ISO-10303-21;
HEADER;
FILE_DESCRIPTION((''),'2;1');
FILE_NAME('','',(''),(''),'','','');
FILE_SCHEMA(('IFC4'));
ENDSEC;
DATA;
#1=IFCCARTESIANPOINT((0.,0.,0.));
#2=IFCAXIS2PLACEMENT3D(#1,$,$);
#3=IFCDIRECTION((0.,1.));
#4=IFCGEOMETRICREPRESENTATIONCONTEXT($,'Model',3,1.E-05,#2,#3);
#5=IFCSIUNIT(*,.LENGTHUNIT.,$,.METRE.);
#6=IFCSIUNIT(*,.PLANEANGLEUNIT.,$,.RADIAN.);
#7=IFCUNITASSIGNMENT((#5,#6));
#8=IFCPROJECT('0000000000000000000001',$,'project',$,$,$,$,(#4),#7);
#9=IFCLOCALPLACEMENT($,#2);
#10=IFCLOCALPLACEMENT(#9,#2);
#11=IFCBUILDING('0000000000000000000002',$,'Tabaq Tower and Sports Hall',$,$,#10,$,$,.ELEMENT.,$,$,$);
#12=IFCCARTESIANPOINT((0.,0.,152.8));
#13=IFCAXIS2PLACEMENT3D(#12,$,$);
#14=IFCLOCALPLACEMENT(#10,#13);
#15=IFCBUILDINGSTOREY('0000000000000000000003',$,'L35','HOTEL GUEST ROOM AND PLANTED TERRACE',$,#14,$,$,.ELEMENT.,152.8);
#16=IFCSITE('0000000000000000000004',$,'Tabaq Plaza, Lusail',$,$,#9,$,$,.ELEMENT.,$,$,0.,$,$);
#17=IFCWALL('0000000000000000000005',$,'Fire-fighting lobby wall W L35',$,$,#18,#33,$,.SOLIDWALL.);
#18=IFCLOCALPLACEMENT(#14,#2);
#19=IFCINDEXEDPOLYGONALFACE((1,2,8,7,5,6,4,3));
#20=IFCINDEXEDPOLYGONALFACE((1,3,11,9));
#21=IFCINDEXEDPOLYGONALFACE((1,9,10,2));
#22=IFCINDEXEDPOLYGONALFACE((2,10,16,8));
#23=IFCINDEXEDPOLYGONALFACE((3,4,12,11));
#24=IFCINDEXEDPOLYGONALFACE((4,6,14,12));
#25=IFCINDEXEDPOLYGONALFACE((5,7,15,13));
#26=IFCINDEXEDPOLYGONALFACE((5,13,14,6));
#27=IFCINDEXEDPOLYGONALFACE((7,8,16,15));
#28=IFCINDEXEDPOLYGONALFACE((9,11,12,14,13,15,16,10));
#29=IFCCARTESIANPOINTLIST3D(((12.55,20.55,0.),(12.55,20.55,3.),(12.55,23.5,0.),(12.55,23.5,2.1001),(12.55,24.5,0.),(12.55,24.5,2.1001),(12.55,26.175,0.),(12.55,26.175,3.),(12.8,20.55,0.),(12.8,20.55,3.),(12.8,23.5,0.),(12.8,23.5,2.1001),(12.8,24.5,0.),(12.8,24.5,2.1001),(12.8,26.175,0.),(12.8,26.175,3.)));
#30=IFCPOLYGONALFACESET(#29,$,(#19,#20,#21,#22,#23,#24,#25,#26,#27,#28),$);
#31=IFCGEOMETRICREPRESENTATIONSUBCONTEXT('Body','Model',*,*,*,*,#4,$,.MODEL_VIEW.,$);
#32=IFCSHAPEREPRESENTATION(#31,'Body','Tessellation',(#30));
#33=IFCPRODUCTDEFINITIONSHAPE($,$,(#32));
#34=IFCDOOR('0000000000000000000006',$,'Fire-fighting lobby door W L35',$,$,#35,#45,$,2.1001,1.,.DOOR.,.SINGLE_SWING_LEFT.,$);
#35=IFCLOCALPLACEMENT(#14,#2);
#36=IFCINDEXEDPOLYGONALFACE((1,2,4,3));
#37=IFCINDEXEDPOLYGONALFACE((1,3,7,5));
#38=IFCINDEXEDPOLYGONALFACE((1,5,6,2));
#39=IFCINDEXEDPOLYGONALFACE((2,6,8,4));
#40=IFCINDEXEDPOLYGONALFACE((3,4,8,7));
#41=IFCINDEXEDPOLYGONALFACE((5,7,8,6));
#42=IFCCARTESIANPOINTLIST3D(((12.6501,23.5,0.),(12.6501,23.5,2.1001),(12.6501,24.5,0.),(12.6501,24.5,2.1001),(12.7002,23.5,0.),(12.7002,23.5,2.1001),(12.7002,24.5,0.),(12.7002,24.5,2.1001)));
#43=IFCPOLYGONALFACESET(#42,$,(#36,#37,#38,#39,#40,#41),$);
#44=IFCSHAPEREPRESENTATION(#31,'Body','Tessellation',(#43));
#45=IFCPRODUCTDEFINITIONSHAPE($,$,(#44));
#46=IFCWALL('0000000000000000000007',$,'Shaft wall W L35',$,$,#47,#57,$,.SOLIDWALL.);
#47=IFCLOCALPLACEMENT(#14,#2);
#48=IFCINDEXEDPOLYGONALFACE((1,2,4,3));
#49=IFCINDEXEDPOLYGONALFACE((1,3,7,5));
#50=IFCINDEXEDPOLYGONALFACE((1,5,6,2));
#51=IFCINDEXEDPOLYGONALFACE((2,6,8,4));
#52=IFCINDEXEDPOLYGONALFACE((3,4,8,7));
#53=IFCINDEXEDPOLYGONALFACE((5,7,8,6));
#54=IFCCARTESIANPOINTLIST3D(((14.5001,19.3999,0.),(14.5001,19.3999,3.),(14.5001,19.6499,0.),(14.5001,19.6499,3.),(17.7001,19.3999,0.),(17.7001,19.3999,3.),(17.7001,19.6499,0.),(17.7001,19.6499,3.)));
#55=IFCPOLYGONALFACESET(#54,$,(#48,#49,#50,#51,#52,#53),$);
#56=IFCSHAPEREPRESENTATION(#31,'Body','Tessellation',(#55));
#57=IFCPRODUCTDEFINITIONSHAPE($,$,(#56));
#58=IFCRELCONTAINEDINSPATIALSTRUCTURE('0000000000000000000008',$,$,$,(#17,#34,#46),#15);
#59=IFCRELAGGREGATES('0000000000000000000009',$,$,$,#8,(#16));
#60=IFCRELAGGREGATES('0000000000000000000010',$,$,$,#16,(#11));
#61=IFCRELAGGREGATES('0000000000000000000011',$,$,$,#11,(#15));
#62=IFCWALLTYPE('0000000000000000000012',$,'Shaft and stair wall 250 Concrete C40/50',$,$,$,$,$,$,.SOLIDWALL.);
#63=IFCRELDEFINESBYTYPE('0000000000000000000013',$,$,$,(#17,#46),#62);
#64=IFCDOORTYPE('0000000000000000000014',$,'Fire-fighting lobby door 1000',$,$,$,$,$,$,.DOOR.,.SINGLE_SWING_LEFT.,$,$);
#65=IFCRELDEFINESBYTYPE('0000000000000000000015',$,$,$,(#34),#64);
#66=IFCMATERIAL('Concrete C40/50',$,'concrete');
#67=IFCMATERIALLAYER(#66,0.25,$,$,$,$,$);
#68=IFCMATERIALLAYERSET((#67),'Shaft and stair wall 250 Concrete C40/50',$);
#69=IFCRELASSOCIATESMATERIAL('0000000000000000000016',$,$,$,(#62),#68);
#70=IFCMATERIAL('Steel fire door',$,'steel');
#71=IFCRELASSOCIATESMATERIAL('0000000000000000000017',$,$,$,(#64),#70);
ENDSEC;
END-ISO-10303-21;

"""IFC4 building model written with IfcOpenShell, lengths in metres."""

from ifc_helpers import new_model, si_unit, direction, frame, frame_2d, origin, place, context, subcontext, project, spatial, rectangle, extrude, material, layer, layer_set, type_object, element, fill, save


model = new_model("IFC4")

# Units and contexts
model_context = context("Model", 3, precision=1e-05, world=origin(), true_north=direction((0.0, 1.0)))
body_context = subcontext(model_context, "Body", "Model", "MODEL_VIEW")
ifc_project = project(units=[si_unit("LENGTHUNIT", "METRE"), si_unit("PLANEANGLEUNIT", "RADIAN")], contexts=[model_context])

# Site, building, storey
site_placement = place(None, origin())
site = spatial("IfcSite", under=ifc_project, at=site_placement, Name="Tabaq Plaza, Lusail", CompositionType="ELEMENT", RefElevation=0.0)
building_placement = place(site_placement, origin())
building = spatial("IfcBuilding", under=site, at=building_placement, Name="Tabaq Tower and Sports Hall", CompositionType="ELEMENT")
storey_placement = place(building_placement, frame((0.0, 0.0, 152.8)))
storey = spatial("IfcBuildingStorey", under=building, at=storey_placement, Name="L35", Description="HOTEL GUEST ROOM AND PLANTED TERRACE", CompositionType="ELEMENT", Elevation=152.8)

# Shared definitions
ifc_material_1 = material(Name="Concrete C40/50", Category="concrete")
ifc_layer_1 = layer(ifc_material_1, 0.25)
ifc_layer_set_1 = layer_set([ifc_layer_1], Name="Shaft and stair wall 250 Concrete C40/50")
wall_type_1 = type_object("IfcWallType", Name="Shaft and stair wall 250 Concrete C40/50", PredefinedType="SOLIDWALL", material=ifc_layer_set_1)

# Shared definitions
ifc_material_2 = material(Name="Steel fire door", Category="steel")
door_type_1 = type_object("IfcDoorType", Name="Fire-fighting lobby door 1000", OperationType="SINGLE_SWING_LEFT", PredefinedType="DOOR", material=ifc_material_2)

# Wall, opening, door
wall_1_placement = place(storey_placement, frame((12.675, 20.55, 0.0), z_axis=(0.0, 0.0, 1.0), x_axis=(0.0, 1.0, 0.0)))
wall_1 = element("IfcWall", 1, at=wall_1_placement, inside=storey, type_object=wall_type_1, Name="Fire-fighting lobby wall W L35", PredefinedType="SOLIDWALL", context=body_context, shape_type="SweptSolid", body=[
    extrude(rectangle(XDim=5.625, YDim=0.25, at=frame_2d((2.8125, 0.0))), origin(), (0.0, 0.0, 1.0), 3.0),
])
opening_1_placement = place(wall_1_placement, frame((2.95, 0.0, 0.0)))
opening_1 = element("IfcOpeningElement", 2, at=opening_1_placement, cuts=wall_1, PredefinedType="OPENING", context=body_context, shape_type="SweptSolid", body=[
    extrude(rectangle(XDim=1.0, YDim=2.1001, at=frame_2d((0.5, 1.05))), frame((0.0, 0.125, 0.0), z_axis=(0.0, -1.0, 0.0), x_axis=(1.0, 0.0, 0.0)), (0.0, 0.0, 1.0), 0.25),
])
door_1_placement = place(opening_1_placement, origin())
door_1 = element("IfcDoor", 3, at=door_1_placement, inside=storey, type_object=door_type_1, Name="Fire-fighting lobby door W L35", OperationType="SINGLE_SWING_LEFT", OverallHeight=2.1001, OverallWidth=1.0, PredefinedType="DOOR", context=body_context, shape_type="SweptSolid", body=[
    extrude(rectangle(XDim=1.0, YDim=2.1001, at=frame_2d((0.5, 1.05))), frame((0.0, 0.0249, 0.0), z_axis=(0.0, -1.0, 0.0), x_axis=(1.0, 0.0, 0.0)), (0.0, 0.0, 1.0), 0.05),
])
fill(opening_1, door_1)

# Wall
wall_2_placement = place(storey_placement, frame((14.5, 19.5249, 0.0), z_axis=(0.0, 0.0, 1.0), x_axis=(1.0, 0.0, 0.0)))
element("IfcWall", 4, at=wall_2_placement, inside=storey, type_object=wall_type_1, Name="Shaft wall W L35", PredefinedType="SOLIDWALL", context=body_context, shape_type="SweptSolid", body=[
    extrude(rectangle(XDim=3.2, YDim=0.25, at=frame_2d((1.6001, 0.0))), origin(), (0.0, 0.0, 1.0), 3.0),
])

save(model, "model.ifc")
